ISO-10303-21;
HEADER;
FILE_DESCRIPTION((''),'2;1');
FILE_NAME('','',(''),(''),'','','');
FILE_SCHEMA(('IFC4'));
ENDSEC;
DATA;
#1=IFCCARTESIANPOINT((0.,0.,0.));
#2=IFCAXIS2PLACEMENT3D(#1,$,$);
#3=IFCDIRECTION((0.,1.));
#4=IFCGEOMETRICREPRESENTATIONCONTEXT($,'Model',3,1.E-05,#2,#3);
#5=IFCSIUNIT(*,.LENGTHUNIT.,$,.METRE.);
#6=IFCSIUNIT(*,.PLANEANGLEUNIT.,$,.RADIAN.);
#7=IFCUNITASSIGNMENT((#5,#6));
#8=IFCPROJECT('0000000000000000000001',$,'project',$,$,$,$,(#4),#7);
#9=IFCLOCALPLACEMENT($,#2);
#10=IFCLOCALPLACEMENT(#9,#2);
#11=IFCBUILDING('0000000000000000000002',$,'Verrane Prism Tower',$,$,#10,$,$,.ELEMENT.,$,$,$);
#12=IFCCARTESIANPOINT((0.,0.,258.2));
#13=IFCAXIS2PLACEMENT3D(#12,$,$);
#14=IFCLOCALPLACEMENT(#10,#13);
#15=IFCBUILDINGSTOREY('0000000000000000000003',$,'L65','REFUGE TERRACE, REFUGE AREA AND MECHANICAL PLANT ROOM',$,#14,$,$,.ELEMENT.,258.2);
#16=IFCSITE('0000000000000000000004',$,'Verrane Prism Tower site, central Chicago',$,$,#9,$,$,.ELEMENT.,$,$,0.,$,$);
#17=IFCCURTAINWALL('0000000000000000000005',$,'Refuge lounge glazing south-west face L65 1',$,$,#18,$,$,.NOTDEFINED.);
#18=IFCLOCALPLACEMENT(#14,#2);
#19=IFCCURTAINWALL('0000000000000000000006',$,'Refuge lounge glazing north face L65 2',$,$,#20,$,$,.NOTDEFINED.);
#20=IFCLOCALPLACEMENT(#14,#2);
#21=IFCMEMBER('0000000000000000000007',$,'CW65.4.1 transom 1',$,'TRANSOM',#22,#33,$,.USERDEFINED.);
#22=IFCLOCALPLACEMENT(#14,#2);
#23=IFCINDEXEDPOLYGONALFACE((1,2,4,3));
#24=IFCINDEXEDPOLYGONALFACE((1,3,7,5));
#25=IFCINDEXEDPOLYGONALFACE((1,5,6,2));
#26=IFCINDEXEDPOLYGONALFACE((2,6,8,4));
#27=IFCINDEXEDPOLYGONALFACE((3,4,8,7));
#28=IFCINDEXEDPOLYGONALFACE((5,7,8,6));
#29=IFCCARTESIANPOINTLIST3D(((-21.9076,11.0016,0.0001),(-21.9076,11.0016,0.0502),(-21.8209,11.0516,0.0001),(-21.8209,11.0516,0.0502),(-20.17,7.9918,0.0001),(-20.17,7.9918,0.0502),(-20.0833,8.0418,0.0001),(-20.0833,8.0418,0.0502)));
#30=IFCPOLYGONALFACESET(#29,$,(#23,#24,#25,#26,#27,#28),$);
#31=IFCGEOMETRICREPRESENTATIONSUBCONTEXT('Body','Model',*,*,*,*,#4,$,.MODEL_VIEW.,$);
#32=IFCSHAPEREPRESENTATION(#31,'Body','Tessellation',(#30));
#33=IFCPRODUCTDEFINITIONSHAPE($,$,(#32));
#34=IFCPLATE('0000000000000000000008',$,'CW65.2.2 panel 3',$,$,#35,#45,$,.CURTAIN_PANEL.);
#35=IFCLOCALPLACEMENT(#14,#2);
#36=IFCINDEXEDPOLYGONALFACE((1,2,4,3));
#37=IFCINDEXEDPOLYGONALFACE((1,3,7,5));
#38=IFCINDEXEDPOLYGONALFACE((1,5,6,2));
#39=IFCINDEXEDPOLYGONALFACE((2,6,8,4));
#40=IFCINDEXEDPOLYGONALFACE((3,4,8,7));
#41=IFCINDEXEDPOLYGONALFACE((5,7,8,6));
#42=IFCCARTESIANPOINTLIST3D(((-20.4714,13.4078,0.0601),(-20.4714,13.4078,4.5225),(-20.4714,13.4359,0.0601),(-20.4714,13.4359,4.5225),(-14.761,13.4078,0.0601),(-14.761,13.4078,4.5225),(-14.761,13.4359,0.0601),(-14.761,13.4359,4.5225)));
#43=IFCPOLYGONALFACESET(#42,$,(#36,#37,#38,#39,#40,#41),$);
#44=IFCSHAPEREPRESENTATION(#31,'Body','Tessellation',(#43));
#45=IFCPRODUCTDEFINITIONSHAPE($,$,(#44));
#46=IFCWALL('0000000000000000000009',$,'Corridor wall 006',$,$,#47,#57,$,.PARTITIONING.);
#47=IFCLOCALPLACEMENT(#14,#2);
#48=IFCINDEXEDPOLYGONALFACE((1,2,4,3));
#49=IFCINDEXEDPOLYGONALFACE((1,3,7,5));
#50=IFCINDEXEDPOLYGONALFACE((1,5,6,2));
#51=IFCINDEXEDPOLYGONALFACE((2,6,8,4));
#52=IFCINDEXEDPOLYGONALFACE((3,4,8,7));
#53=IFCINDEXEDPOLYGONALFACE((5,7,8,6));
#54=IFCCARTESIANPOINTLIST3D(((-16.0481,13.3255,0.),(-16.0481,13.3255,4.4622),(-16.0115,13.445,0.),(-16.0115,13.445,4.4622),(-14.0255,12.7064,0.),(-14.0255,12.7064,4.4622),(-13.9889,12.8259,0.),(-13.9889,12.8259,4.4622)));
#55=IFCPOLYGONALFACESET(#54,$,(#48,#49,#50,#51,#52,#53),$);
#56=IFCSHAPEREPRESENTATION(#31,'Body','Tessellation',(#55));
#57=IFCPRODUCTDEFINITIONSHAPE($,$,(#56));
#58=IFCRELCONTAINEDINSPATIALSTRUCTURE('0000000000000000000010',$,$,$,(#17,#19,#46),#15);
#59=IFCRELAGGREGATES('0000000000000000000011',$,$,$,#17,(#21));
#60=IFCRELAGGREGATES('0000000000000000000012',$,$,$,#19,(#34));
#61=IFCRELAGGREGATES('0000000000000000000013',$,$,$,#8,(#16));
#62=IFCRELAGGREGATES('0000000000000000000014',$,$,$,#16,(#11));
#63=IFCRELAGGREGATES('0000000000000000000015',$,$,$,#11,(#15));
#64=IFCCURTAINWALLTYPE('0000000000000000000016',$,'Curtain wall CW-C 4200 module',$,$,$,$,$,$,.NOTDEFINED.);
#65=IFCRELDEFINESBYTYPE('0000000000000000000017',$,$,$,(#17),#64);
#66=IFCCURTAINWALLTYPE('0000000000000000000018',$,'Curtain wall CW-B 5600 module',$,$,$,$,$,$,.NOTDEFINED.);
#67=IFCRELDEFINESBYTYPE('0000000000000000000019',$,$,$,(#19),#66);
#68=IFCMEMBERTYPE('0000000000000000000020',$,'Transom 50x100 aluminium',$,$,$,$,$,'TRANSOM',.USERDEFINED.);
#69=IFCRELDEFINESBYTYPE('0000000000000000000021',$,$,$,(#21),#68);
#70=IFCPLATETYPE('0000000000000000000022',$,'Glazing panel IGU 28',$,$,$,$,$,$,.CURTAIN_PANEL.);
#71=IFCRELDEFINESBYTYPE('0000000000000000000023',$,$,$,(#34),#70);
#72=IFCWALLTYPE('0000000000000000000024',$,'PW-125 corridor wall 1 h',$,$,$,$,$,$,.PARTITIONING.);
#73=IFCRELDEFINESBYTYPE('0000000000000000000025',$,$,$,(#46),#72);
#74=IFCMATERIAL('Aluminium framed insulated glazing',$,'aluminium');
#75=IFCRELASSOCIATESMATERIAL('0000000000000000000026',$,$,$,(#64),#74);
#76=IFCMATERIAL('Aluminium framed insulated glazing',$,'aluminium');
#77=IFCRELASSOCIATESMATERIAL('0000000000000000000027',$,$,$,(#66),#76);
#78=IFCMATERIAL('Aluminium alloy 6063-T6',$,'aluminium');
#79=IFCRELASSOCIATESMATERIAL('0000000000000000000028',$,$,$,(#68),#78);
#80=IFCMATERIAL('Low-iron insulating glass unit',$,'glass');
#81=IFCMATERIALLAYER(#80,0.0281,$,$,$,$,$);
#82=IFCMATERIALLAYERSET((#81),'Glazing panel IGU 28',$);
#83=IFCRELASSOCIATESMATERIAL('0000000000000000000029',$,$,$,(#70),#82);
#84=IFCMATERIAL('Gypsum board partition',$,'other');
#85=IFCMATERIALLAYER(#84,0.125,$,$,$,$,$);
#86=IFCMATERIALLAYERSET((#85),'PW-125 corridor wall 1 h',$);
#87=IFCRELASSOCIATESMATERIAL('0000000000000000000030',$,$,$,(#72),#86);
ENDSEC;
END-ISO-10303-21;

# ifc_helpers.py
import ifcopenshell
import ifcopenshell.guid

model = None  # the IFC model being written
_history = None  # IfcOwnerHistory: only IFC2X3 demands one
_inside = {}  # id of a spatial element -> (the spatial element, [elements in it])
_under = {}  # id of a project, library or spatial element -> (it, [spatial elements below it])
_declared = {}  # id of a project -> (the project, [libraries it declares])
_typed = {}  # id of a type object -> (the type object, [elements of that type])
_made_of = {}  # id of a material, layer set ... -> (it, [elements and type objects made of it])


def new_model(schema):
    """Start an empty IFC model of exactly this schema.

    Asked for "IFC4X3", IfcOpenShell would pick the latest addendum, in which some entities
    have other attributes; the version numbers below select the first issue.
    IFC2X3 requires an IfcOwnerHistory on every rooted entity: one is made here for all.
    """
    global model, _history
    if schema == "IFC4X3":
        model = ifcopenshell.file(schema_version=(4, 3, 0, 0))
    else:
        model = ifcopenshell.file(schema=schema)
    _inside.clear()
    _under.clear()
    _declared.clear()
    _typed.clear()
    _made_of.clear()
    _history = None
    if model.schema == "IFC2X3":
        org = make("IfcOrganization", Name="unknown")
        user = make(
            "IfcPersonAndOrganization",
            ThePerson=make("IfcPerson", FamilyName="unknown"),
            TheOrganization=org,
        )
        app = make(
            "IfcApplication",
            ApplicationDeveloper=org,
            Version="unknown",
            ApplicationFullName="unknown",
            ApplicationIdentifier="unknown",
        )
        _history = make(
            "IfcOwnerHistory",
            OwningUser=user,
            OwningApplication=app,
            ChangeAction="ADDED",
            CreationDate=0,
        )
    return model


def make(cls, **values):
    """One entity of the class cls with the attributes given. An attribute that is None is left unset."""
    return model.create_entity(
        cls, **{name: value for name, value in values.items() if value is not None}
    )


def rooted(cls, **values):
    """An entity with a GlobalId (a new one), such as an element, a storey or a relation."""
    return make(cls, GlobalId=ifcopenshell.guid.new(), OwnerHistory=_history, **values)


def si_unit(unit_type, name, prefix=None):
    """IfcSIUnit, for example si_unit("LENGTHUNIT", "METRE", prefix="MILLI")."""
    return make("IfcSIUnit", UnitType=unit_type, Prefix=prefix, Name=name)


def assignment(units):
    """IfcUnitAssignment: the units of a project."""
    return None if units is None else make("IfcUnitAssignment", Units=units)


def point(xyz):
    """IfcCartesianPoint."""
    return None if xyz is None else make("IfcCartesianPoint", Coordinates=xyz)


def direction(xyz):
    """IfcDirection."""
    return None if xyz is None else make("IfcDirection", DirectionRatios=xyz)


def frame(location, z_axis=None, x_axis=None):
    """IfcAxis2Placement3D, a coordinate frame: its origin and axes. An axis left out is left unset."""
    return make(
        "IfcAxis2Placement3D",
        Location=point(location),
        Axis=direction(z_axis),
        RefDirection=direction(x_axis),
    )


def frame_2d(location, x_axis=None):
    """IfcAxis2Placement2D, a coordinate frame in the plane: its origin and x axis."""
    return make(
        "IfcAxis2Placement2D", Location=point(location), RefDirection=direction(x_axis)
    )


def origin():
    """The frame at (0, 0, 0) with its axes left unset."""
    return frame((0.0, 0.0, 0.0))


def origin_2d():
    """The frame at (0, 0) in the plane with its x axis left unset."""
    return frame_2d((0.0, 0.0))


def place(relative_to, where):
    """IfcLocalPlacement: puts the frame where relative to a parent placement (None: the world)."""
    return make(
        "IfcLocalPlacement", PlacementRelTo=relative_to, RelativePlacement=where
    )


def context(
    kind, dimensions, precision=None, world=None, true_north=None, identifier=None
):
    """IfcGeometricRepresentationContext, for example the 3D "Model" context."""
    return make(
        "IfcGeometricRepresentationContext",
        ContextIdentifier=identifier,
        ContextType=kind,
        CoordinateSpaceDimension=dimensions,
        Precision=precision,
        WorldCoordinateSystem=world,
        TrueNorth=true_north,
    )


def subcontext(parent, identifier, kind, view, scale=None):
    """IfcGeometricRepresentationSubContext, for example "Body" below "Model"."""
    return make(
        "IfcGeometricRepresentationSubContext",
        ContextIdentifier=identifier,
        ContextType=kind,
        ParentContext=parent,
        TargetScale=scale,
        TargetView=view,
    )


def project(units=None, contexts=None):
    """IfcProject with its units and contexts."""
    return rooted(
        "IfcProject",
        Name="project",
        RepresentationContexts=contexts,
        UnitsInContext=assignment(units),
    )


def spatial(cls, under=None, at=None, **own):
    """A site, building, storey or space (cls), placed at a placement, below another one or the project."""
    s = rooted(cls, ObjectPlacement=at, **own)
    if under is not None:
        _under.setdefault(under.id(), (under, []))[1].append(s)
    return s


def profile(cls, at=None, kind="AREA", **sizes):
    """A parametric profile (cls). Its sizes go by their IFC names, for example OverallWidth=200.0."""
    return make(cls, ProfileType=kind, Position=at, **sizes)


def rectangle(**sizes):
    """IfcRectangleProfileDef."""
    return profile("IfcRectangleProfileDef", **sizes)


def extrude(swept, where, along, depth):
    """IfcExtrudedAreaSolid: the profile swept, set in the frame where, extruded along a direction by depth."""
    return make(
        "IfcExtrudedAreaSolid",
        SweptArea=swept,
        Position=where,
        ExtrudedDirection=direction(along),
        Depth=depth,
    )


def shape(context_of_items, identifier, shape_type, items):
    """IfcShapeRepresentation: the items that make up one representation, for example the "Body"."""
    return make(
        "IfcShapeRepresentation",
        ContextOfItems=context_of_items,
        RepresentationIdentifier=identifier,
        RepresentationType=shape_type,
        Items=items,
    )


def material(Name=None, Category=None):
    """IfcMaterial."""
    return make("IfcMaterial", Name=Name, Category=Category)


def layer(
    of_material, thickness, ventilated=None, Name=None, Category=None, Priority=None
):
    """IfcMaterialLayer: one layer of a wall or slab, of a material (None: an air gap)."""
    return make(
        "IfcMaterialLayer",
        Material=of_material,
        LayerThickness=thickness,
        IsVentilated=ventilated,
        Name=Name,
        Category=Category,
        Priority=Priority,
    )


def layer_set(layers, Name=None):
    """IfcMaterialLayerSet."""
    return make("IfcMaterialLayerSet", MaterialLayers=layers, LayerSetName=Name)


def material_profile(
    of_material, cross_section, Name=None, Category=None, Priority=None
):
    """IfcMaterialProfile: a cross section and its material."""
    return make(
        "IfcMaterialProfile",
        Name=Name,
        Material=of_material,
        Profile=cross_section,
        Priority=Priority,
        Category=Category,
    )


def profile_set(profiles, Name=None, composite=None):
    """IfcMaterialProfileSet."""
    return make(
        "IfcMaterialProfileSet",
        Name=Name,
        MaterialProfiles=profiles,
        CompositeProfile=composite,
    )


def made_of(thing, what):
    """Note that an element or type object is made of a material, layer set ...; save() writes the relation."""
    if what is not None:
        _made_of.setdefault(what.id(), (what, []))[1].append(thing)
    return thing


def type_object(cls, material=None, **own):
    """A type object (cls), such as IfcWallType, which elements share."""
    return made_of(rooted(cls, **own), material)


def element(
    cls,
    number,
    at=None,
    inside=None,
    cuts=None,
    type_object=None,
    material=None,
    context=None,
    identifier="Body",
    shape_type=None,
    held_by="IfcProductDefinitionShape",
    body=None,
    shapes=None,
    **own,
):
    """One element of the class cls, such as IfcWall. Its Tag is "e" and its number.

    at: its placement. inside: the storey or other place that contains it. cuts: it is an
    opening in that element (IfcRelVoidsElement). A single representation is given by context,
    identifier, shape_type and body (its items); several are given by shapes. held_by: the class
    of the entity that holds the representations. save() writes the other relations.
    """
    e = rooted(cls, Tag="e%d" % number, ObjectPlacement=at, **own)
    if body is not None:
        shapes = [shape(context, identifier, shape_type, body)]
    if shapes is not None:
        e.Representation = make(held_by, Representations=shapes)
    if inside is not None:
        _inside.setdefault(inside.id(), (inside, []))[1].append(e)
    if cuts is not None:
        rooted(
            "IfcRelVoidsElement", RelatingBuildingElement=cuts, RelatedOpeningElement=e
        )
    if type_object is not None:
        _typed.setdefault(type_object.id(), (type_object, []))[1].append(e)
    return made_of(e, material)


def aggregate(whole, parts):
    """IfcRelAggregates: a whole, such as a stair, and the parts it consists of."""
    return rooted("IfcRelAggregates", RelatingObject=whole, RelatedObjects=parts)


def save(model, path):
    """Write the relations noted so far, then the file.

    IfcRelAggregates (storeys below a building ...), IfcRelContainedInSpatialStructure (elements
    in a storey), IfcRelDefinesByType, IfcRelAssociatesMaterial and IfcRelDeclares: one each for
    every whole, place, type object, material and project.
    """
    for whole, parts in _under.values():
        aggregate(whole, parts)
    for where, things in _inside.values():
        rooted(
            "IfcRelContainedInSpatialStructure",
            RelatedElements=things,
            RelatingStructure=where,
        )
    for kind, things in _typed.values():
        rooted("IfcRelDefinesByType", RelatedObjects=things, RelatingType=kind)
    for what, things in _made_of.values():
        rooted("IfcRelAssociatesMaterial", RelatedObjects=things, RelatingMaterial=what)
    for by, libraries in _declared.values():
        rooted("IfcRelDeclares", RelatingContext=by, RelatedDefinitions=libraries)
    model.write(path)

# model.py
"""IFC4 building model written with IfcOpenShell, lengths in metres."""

from ifc_helpers import new_model, si_unit, direction, frame, frame_2d, origin, origin_2d, place, context, subcontext, project, spatial, rectangle, extrude, material, layer, layer_set, material_profile, profile_set, type_object, element, aggregate, save


model = new_model("IFC4")

# Units and contexts
model_context = context("Model", 3, precision=1e-05, world=origin(), true_north=direction((0.0, 1.0)))
body_context = subcontext(model_context, "Body", "Model", "MODEL_VIEW")
ifc_project = project(units=[si_unit("LENGTHUNIT", "METRE"), si_unit("PLANEANGLEUNIT", "RADIAN")], contexts=[model_context])

# Site, building, storey
site_placement = place(None, origin())
site = spatial("IfcSite", under=ifc_project, at=site_placement, Name="Verrane Prism Tower site, central Chicago", CompositionType="ELEMENT", RefElevation=0.0)
building_placement = place(site_placement, origin())
building = spatial("IfcBuilding", under=site, at=building_placement, Name="Verrane Prism Tower", CompositionType="ELEMENT")
storey_placement = place(building_placement, frame((0.0, 0.0, 258.2)))
storey = spatial("IfcBuildingStorey", under=building, at=storey_placement, Name="L65", Description="REFUGE TERRACE, REFUGE AREA AND MECHANICAL PLANT ROOM", CompositionType="ELEMENT", Elevation=258.2)

# Curtain walls
ifc_material_1 = material(Name="Aluminium framed insulated glazing", Category="aluminium")
curtain_wall_type_1 = type_object("IfcCurtainWallType", Name="Curtain wall CW-C 4200 module", PredefinedType="NOTDEFINED", material=ifc_material_1)
curtain_wall_1_placement = place(storey_placement, origin())
curtain_wall_1 = element("IfcCurtainWall", 1, at=curtain_wall_1_placement, inside=storey, type_object=curtain_wall_type_1, Name="Refuge lounge glazing south-west face L65 1", PredefinedType="NOTDEFINED")
ifc_material_2 = material(Name="Aluminium framed insulated glazing", Category="aluminium")
curtain_wall_type_2 = type_object("IfcCurtainWallType", Name="Curtain wall CW-B 5600 module", PredefinedType="NOTDEFINED", material=ifc_material_2)
curtain_wall_2_placement = place(storey_placement, origin())
curtain_wall_2 = element("IfcCurtainWall", 2, at=curtain_wall_2_placement, inside=storey, type_object=curtain_wall_type_2, Name="Refuge lounge glazing north face L65 2", PredefinedType="NOTDEFINED")

# Member
ifc_material_3 = material(Name="Aluminium alloy 6063-T6", Category="aluminium")
ifc_material_profile_1 = material_profile(ifc_material_3, rectangle(XDim=0.1001, YDim=0.05, at=origin_2d()), Name="Transom 50x100 aluminium")
ifc_profile_set_1 = profile_set([ifc_material_profile_1], Name="Aluminium alloy 6063-T6")
member_type_1 = type_object("IfcMemberType", Name="Transom 50x100 aluminium", ElementType="TRANSOM", PredefinedType="USERDEFINED", material=ifc_profile_set_1)
member_1_placement = place(storey_placement, frame((-21.8643, 11.0266, 0.0251), z_axis=(0.49997, -0.866043, 0.0), x_axis=(0.866043, 0.49997, 0.0)))
member_1 = element("IfcMember", 3, at=member_1_placement, type_object=member_type_1, Name="CW65.4.1 transom 1", ObjectType="TRANSOM", PredefinedType="USERDEFINED", context=body_context, shape_type="SweptSolid", body=[
    extrude(rectangle(XDim=0.1001, YDim=0.05, at=origin_2d()), origin(), (0.0, 0.0, 1.0), 3.4753),
])
aggregate(curtain_wall_1, [member_1])

# Plate
ifc_material_4 = material(Name="Low-iron insulating glass unit", Category="glass")
ifc_layer_1 = layer(ifc_material_4, 0.0281)
ifc_layer_set_1 = layer_set([ifc_layer_1], Name="Glazing panel IGU 28")
plate_type = type_object("IfcPlateType", Name="Glazing panel IGU 28", PredefinedType="CURTAIN_PANEL", material=ifc_layer_set_1)
plate_placement = place(storey_placement, frame((-17.6162, 13.4219, 0.0601), z_axis=(0.0, 0.0, 1.0), x_axis=(-1.0, 0.0, 0.0)))
plate = element("IfcPlate", 4, at=plate_placement, type_object=plate_type, Name="CW65.2.2 panel 3", PredefinedType="CURTAIN_PANEL", context=body_context, shape_type="SweptSolid", body=[
    extrude(rectangle(XDim=5.7104, YDim=0.0281, at=origin_2d()), origin(), (0.0, 0.0, 1.0), 4.4624),
])
aggregate(curtain_wall_2, [plate])

# Wall
ifc_material_5 = material(Name="Gypsum board partition", Category="other")
ifc_layer_2 = layer(ifc_material_5, 0.125)
ifc_layer_set_2 = layer_set([ifc_layer_2], Name="PW-125 corridor wall 1 h")
wall_type = type_object("IfcWallType", Name="PW-125 corridor wall 1 h", PredefinedType="PARTITIONING", material=ifc_layer_set_2)
wall_placement = place(storey_placement, frame((-16.0298, 13.3853, 0.0), z_axis=(0.0, 0.0, 1.0), x_axis=(0.956207, -0.292691, 0.0)))
element("IfcWall", 5, at=wall_placement, inside=storey, type_object=wall_type, Name="Corridor wall 006", PredefinedType="PARTITIONING", context=body_context, shape_type="SweptSolid", body=[
    extrude(rectangle(XDim=2.1152, YDim=0.125, at=frame_2d((1.0576, 0.0))), origin(), (0.0, 0.0, 1.0), 4.4622),
])

save(model, "model.ifc")
